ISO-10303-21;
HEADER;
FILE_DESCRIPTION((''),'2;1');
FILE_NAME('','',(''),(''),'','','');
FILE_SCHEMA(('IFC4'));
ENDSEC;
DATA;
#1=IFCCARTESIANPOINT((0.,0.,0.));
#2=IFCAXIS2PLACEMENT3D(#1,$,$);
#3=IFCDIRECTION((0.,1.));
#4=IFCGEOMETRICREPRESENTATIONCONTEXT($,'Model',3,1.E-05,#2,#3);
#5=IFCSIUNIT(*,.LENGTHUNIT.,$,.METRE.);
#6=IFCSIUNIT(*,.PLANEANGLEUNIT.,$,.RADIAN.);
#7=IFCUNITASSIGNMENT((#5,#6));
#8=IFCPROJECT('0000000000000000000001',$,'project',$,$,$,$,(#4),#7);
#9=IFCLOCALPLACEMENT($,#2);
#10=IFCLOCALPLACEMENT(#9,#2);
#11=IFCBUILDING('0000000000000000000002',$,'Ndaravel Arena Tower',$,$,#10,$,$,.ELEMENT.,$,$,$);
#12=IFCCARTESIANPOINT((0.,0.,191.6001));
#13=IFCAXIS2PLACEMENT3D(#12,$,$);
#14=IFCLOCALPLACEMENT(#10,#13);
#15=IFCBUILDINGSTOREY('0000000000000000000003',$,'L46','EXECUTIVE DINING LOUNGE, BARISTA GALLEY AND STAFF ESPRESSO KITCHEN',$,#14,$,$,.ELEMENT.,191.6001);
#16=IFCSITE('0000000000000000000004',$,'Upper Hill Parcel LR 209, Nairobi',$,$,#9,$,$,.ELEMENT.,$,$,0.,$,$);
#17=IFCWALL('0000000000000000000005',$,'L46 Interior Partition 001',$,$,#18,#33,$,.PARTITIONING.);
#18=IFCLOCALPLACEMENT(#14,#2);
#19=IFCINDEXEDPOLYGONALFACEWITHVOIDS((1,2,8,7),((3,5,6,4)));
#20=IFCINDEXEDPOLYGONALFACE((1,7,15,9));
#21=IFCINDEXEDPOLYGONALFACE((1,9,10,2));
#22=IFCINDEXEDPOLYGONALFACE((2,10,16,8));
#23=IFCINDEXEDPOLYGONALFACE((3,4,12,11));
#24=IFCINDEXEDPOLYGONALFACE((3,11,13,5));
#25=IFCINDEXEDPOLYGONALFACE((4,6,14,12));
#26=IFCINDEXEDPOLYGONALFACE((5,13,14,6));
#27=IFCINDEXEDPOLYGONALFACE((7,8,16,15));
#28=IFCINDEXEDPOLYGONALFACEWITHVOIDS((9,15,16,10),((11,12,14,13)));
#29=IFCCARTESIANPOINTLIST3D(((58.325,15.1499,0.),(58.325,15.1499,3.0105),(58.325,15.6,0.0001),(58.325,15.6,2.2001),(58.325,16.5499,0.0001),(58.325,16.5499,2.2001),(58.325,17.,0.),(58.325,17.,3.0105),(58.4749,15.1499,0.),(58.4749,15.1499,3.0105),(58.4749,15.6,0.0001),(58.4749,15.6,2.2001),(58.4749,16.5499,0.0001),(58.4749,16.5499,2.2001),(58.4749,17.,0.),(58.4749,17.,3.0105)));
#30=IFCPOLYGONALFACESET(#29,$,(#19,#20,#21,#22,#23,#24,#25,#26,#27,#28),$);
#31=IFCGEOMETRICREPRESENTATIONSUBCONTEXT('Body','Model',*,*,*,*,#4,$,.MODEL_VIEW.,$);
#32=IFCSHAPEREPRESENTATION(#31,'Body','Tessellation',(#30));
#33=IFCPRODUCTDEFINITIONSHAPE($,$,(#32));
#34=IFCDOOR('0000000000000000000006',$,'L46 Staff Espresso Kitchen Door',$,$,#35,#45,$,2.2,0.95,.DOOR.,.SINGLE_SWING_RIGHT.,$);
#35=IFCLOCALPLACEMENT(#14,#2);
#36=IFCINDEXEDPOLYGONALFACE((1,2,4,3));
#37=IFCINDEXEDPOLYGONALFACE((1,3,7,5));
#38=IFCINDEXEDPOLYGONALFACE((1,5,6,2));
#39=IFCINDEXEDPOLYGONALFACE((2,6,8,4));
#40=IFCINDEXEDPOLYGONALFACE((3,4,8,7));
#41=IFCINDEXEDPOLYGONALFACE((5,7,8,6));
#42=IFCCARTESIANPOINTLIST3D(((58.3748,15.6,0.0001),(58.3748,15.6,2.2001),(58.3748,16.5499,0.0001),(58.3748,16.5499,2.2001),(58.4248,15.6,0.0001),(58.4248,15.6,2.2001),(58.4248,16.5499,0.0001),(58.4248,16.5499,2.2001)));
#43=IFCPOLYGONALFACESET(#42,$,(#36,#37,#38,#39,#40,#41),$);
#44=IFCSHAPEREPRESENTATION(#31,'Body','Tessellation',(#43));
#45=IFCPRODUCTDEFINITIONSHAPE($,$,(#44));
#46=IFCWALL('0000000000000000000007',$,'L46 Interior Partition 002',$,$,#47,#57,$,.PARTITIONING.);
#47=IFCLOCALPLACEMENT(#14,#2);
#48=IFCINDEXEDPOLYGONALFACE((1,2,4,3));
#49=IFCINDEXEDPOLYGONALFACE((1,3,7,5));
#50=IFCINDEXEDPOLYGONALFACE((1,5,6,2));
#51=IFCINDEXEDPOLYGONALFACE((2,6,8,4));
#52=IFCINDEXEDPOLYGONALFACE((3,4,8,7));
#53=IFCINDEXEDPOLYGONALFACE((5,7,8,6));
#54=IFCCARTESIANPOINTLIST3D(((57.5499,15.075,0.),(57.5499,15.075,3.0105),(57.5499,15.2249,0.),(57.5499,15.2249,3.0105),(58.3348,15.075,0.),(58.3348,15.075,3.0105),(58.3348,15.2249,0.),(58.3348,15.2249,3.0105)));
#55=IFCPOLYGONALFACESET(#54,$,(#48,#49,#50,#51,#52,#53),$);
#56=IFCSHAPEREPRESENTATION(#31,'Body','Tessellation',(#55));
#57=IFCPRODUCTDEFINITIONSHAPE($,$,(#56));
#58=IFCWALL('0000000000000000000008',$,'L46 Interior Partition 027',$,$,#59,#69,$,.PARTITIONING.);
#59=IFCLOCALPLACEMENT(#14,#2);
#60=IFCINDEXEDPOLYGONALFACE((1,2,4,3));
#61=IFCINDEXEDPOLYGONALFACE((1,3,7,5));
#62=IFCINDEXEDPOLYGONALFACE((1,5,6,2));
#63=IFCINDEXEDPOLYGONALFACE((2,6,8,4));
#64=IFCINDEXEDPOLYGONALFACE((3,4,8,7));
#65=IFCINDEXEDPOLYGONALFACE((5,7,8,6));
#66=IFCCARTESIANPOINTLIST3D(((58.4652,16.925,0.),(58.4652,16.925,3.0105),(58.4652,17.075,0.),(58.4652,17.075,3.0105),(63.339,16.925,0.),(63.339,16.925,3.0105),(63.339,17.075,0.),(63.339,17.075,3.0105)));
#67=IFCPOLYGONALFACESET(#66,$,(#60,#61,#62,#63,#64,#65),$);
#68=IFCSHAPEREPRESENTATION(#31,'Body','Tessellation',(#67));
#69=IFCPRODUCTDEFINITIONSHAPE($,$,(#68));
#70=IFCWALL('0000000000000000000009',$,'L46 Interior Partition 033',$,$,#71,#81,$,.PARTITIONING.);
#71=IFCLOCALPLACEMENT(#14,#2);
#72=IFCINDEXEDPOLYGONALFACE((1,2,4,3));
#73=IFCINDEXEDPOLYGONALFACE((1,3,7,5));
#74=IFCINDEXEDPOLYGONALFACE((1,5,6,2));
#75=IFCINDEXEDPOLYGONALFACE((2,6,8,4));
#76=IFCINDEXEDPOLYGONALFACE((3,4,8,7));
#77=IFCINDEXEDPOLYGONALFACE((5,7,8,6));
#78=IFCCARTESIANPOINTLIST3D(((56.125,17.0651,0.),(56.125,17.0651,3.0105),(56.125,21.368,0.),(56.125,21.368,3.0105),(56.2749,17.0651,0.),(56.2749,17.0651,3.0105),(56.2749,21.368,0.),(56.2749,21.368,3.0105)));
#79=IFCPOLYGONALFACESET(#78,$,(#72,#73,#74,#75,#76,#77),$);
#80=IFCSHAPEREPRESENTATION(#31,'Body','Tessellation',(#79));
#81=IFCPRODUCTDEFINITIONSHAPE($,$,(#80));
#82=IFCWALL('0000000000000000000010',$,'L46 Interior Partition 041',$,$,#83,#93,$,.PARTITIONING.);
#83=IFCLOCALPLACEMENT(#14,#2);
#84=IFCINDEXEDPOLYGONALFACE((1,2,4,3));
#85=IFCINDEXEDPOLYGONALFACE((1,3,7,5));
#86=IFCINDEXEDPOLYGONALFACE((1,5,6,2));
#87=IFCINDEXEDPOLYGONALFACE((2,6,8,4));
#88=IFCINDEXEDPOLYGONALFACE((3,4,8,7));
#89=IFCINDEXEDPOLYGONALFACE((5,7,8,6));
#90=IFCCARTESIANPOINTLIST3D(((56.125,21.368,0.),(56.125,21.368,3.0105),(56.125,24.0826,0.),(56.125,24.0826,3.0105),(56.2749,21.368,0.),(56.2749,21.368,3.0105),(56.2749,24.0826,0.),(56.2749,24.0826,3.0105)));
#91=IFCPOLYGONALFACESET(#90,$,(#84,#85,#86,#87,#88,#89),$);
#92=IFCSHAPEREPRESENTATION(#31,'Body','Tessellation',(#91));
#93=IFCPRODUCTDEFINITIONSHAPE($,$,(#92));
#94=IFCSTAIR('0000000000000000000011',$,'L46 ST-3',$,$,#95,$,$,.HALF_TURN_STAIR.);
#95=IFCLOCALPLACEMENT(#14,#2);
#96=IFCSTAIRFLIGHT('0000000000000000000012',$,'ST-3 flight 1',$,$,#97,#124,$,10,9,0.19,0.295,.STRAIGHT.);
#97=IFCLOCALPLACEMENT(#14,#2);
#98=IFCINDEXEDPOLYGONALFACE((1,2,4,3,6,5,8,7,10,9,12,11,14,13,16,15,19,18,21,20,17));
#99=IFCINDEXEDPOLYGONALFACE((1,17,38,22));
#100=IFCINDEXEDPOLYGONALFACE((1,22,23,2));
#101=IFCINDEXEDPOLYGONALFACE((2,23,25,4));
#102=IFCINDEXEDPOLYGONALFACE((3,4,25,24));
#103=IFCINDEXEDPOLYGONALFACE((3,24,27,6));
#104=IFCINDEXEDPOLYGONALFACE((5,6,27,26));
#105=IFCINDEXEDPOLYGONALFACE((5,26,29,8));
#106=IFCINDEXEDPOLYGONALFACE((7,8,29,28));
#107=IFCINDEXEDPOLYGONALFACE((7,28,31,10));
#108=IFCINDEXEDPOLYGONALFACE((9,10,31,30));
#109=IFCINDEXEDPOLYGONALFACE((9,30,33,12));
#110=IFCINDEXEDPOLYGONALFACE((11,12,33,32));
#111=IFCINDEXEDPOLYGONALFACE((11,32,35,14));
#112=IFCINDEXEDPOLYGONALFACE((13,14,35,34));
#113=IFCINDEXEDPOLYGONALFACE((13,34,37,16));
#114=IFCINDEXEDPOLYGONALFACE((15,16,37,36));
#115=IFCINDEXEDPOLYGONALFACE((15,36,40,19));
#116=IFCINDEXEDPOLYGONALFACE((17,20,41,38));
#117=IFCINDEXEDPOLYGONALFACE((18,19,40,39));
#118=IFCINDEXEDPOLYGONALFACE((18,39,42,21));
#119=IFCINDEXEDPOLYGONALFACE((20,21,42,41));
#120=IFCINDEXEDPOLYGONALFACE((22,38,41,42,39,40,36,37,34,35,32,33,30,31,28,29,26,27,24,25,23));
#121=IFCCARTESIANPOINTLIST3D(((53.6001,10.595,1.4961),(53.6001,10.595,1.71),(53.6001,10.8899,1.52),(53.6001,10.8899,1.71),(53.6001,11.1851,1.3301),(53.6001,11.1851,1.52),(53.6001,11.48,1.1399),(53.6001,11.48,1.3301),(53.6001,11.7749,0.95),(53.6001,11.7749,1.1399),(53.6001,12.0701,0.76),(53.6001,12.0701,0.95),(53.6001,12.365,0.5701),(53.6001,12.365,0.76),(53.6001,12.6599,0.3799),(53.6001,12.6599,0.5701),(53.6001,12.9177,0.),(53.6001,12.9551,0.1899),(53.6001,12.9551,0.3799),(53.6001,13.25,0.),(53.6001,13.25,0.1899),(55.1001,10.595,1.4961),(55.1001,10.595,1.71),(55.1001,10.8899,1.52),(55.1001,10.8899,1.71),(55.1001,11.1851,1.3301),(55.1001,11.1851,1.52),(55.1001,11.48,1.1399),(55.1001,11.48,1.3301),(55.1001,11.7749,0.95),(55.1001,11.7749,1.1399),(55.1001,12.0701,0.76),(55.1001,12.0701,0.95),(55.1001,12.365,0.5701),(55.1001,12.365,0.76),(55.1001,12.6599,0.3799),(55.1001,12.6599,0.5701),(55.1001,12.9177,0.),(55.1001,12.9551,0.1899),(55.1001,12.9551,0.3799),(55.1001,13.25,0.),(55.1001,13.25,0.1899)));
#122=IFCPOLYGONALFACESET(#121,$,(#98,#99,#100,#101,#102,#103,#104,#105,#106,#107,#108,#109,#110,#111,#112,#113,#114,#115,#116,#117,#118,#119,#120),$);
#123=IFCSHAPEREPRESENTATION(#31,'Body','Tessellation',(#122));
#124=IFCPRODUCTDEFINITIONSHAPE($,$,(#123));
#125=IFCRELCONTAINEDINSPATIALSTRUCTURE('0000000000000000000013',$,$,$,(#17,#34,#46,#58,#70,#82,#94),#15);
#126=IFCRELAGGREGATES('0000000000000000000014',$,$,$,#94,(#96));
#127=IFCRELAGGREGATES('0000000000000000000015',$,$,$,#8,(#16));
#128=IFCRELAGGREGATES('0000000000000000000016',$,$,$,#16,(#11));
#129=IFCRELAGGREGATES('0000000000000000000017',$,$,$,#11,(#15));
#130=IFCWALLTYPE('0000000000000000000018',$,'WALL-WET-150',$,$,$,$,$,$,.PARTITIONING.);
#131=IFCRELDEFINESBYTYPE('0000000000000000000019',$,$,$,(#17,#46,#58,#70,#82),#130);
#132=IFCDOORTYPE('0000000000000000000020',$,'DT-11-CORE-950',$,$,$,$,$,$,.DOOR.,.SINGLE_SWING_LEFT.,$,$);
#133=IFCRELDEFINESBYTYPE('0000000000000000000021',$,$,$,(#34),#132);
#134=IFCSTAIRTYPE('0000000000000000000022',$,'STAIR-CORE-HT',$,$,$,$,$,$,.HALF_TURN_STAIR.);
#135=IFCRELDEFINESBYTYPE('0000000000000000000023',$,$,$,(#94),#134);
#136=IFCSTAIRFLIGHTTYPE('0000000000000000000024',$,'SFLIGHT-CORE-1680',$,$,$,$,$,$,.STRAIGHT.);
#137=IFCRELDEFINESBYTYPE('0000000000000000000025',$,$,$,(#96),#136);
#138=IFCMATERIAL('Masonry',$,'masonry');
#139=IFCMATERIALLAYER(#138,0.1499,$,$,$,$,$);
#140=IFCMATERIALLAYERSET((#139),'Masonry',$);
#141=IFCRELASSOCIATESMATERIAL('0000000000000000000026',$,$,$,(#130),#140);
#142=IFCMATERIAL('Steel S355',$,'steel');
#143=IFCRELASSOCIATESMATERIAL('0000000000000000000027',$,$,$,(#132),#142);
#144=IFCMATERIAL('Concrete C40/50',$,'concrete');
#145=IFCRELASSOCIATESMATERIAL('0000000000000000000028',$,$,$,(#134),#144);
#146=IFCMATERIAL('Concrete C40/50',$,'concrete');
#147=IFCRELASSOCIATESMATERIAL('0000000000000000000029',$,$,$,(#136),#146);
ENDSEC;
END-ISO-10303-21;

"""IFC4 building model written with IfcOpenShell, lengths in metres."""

from ifc_helpers import new_model, si_unit, direction, frame, frame_2d, origin, place, context, subcontext, project, spatial, polyline, rectangle, outline, extrude, material, layer, layer_set, type_object, element, fill, aggregate, save


model = new_model("IFC4")

# Units and contexts
model_context = context("Model", 3, precision=1e-05, world=origin(), true_north=direction((0.0, 1.0)))
body_context = subcontext(model_context, "Body", "Model", "MODEL_VIEW")
ifc_project = project(units=[si_unit("LENGTHUNIT", "METRE"), si_unit("PLANEANGLEUNIT", "RADIAN")], contexts=[model_context])

# Site, building, storey
site_placement = place(None, origin())
site = spatial("IfcSite", under=ifc_project, at=site_placement, Name="Upper Hill Parcel LR 209, Nairobi", CompositionType="ELEMENT", RefElevation=0.0)
building_placement = place(site_placement, origin())
building = spatial("IfcBuilding", under=site, at=building_placement, Name="Ndaravel Arena Tower", CompositionType="ELEMENT")
storey_placement = place(building_placement, frame((0.0, 0.0, 191.6001)))
storey = spatial("IfcBuildingStorey", under=building, at=storey_placement, Name="L46", Description="EXECUTIVE DINING LOUNGE, BARISTA GALLEY AND STAFF ESPRESSO KITCHEN", CompositionType="ELEMENT", Elevation=191.6001)

# Wall, opening, door
ifc_material_1 = material(Name="Masonry", Category="masonry")
ifc_layer_1 = layer(ifc_material_1, 0.1499)
ifc_layer_set_1 = layer_set([ifc_layer_1], Name="Masonry")
wall_type_1 = type_object("IfcWallType", Name="WALL-WET-150", PredefinedType="PARTITIONING", material=ifc_layer_set_1)
wall_1_placement = place(storey_placement, frame((58.3999, 17.0, 0.0), z_axis=(0.0, 0.0, 1.0), x_axis=(0.0, -1.0, 0.0)))
wall_1 = element("IfcWall", 1, at=wall_1_placement, inside=storey, type_object=wall_type_1, Name="L46 Interior Partition 001", PredefinedType="PARTITIONING", context=body_context, shape_type="SweptSolid", body=[
    extrude(rectangle(XDim=1.8501, YDim=0.1499, at=frame_2d((0.925, 0.0))), origin(), (0.0, 0.0, 1.0), 3.0105),
])
opening_1_placement = place(wall_1_placement, frame((0.45, 0.0, 0.0)))
opening_1 = element("IfcOpeningElement", 2, at=opening_1_placement, cuts=wall_1, PredefinedType="OPENING", context=body_context, shape_type="SweptSolid", body=[
    extrude(rectangle(XDim=0.95, YDim=2.2, at=frame_2d((0.4751, 1.1001))), frame((0.0, 0.075, 0.0), z_axis=(0.0, -1.0, 0.0), x_axis=(1.0, 0.0, 0.0)), (0.0, 0.0, 1.0), 0.1499),
])
ifc_material_2 = material(Name="Steel S355", Category="steel")
door_type_1 = type_object("IfcDoorType", Name="DT-11-CORE-950", OperationType="SINGLE_SWING_LEFT", PredefinedType="DOOR", material=ifc_material_2)
door_1_placement = place(opening_1_placement, origin())
door_1 = element("IfcDoor", 3, at=door_1_placement, inside=storey, type_object=door_type_1, Name="L46 Staff Espresso Kitchen Door", OperationType="SINGLE_SWING_RIGHT", OverallHeight=2.2, OverallWidth=0.95, PredefinedType="DOOR", context=body_context, shape_type="SweptSolid", body=[
    extrude(rectangle(XDim=0.95, YDim=2.2, at=frame_2d((0.4751, 1.1001))), frame((0.0, 0.0249, 0.0), z_axis=(0.0, -1.0, 0.0), x_axis=(1.0, 0.0, 0.0)), (0.0, 0.0, 1.0), 0.05),
])
fill(opening_1, door_1)

# Walls
wall_2_placement = place(storey_placement, frame((58.335, 15.1499, 0.0), z_axis=(0.0, 0.0, 1.0), x_axis=(-1.0, 0.0, 0.0)))
element("IfcWall", 4, at=wall_2_placement, inside=storey, type_object=wall_type_1, Name="L46 Interior Partition 002", PredefinedType="PARTITIONING", context=body_context, shape_type="SweptSolid", body=[
    extrude(rectangle(XDim=0.7849, YDim=0.1499, at=frame_2d((0.3926, 0.0))), origin(), (0.0, 0.0, 1.0), 3.0105),
])
wall_3_placement = place(storey_placement, frame((58.4651, 17.0, 0.0), z_axis=(0.0, 0.0, 1.0), x_axis=(1.0, 0.0, 0.0)))
element("IfcWall", 5, at=wall_3_placement, inside=storey, type_object=wall_type_1, Name="L46 Interior Partition 027", PredefinedType="PARTITIONING", context=body_context, shape_type="SweptSolid", body=[
    extrude(rectangle(XDim=4.8738, YDim=0.1499, at=frame_2d((2.437, 0.0))), origin(), (0.0, 0.0, 1.0), 3.0105),
])
wall_4_placement = place(storey_placement, frame((56.2, 21.3679, 0.0), z_axis=(0.0, 0.0, 1.0), x_axis=(0.0, -1.0, 0.0)))
element("IfcWall", 6, at=wall_4_placement, inside=storey, type_object=wall_type_1, Name="L46 Interior Partition 033", PredefinedType="PARTITIONING", context=body_context, shape_type="SweptSolid", body=[
    extrude(rectangle(XDim=4.303, YDim=0.1499, at=frame_2d((2.1514, 0.0))), origin(), (0.0, 0.0, 1.0), 3.0105),
])
wall_5_placement = place(storey_placement, frame((56.2, 21.3679, 0.0), z_axis=(0.0, 0.0, 1.0), x_axis=(0.0, 1.0, 0.0)))
element("IfcWall", 7, at=wall_5_placement, inside=storey, type_object=wall_type_1, Name="L46 Interior Partition 041", PredefinedType="PARTITIONING", context=body_context, shape_type="SweptSolid", body=[
    extrude(rectangle(XDim=2.7146, YDim=0.1499, at=frame_2d((1.3574, 0.0))), origin(), (0.0, 0.0, 1.0), 3.0105),
])

# Stair, stair flight
ifc_material_3 = material(Name="Concrete C40/50", Category="concrete")
stair_type = type_object("IfcStairType", Name="STAIR-CORE-HT", PredefinedType="HALF_TURN_STAIR", material=ifc_material_3)
stair_placement = place(storey_placement, origin())
stair = element("IfcStair", 8, at=stair_placement, inside=storey, type_object=stair_type, Name="L46 ST-3", PredefinedType="HALF_TURN_STAIR")
ifc_material_4 = material(Name="Concrete C40/50", Category="concrete")
stair_flight_type = type_object("IfcStairFlightType", Name="SFLIGHT-CORE-1680", PredefinedType="STRAIGHT", material=ifc_material_4)
stair_flight_placement = place(storey_placement, frame((54.3501, 13.25, 0.0), z_axis=(0.0, 0.0, 1.0), x_axis=(0.0, -1.0, 0.0)))
stair_flight = element("IfcStairFlight", 9, at=stair_flight_placement, type_object=stair_flight_type, Name="ST-3 flight 1", NumberOfRisers=10, NumberOfTreads=9, PredefinedType="STRAIGHT", RiserHeight=0.19, TreadLength=0.295, context=body_context, shape_type="SweptSolid", body=[
    extrude(outline(polyline([(0.0, 0.0), (0.0, 0.1899), (0.2949, 0.1899), (0.2949, 0.3799), (0.5901, 0.3799), (0.5901, 0.5701), (0.885, 0.5701), (0.885, 0.76), (1.1799, 0.76), (1.1799, 0.95), (1.4751, 0.95), (1.4751, 1.1399), (1.77, 1.1399), (1.77, 1.3301), (2.0649, 1.3301), (2.0649, 1.52), (2.3601, 1.52), (2.3601, 1.71), (2.655, 1.71), (2.655, 1.8999), (2.655, 1.4961), (0.3323, 0.0), (0.0, 0.0)])), frame((0.0, 0.75, 0.0), z_axis=(0.0, -1.0, 0.0), x_axis=(1.0, 0.0, 0.0)), (0.0, 0.0, 1.0), 1.5),
])
aggregate(stair, [stair_flight])

save(model, "model.ifc")
